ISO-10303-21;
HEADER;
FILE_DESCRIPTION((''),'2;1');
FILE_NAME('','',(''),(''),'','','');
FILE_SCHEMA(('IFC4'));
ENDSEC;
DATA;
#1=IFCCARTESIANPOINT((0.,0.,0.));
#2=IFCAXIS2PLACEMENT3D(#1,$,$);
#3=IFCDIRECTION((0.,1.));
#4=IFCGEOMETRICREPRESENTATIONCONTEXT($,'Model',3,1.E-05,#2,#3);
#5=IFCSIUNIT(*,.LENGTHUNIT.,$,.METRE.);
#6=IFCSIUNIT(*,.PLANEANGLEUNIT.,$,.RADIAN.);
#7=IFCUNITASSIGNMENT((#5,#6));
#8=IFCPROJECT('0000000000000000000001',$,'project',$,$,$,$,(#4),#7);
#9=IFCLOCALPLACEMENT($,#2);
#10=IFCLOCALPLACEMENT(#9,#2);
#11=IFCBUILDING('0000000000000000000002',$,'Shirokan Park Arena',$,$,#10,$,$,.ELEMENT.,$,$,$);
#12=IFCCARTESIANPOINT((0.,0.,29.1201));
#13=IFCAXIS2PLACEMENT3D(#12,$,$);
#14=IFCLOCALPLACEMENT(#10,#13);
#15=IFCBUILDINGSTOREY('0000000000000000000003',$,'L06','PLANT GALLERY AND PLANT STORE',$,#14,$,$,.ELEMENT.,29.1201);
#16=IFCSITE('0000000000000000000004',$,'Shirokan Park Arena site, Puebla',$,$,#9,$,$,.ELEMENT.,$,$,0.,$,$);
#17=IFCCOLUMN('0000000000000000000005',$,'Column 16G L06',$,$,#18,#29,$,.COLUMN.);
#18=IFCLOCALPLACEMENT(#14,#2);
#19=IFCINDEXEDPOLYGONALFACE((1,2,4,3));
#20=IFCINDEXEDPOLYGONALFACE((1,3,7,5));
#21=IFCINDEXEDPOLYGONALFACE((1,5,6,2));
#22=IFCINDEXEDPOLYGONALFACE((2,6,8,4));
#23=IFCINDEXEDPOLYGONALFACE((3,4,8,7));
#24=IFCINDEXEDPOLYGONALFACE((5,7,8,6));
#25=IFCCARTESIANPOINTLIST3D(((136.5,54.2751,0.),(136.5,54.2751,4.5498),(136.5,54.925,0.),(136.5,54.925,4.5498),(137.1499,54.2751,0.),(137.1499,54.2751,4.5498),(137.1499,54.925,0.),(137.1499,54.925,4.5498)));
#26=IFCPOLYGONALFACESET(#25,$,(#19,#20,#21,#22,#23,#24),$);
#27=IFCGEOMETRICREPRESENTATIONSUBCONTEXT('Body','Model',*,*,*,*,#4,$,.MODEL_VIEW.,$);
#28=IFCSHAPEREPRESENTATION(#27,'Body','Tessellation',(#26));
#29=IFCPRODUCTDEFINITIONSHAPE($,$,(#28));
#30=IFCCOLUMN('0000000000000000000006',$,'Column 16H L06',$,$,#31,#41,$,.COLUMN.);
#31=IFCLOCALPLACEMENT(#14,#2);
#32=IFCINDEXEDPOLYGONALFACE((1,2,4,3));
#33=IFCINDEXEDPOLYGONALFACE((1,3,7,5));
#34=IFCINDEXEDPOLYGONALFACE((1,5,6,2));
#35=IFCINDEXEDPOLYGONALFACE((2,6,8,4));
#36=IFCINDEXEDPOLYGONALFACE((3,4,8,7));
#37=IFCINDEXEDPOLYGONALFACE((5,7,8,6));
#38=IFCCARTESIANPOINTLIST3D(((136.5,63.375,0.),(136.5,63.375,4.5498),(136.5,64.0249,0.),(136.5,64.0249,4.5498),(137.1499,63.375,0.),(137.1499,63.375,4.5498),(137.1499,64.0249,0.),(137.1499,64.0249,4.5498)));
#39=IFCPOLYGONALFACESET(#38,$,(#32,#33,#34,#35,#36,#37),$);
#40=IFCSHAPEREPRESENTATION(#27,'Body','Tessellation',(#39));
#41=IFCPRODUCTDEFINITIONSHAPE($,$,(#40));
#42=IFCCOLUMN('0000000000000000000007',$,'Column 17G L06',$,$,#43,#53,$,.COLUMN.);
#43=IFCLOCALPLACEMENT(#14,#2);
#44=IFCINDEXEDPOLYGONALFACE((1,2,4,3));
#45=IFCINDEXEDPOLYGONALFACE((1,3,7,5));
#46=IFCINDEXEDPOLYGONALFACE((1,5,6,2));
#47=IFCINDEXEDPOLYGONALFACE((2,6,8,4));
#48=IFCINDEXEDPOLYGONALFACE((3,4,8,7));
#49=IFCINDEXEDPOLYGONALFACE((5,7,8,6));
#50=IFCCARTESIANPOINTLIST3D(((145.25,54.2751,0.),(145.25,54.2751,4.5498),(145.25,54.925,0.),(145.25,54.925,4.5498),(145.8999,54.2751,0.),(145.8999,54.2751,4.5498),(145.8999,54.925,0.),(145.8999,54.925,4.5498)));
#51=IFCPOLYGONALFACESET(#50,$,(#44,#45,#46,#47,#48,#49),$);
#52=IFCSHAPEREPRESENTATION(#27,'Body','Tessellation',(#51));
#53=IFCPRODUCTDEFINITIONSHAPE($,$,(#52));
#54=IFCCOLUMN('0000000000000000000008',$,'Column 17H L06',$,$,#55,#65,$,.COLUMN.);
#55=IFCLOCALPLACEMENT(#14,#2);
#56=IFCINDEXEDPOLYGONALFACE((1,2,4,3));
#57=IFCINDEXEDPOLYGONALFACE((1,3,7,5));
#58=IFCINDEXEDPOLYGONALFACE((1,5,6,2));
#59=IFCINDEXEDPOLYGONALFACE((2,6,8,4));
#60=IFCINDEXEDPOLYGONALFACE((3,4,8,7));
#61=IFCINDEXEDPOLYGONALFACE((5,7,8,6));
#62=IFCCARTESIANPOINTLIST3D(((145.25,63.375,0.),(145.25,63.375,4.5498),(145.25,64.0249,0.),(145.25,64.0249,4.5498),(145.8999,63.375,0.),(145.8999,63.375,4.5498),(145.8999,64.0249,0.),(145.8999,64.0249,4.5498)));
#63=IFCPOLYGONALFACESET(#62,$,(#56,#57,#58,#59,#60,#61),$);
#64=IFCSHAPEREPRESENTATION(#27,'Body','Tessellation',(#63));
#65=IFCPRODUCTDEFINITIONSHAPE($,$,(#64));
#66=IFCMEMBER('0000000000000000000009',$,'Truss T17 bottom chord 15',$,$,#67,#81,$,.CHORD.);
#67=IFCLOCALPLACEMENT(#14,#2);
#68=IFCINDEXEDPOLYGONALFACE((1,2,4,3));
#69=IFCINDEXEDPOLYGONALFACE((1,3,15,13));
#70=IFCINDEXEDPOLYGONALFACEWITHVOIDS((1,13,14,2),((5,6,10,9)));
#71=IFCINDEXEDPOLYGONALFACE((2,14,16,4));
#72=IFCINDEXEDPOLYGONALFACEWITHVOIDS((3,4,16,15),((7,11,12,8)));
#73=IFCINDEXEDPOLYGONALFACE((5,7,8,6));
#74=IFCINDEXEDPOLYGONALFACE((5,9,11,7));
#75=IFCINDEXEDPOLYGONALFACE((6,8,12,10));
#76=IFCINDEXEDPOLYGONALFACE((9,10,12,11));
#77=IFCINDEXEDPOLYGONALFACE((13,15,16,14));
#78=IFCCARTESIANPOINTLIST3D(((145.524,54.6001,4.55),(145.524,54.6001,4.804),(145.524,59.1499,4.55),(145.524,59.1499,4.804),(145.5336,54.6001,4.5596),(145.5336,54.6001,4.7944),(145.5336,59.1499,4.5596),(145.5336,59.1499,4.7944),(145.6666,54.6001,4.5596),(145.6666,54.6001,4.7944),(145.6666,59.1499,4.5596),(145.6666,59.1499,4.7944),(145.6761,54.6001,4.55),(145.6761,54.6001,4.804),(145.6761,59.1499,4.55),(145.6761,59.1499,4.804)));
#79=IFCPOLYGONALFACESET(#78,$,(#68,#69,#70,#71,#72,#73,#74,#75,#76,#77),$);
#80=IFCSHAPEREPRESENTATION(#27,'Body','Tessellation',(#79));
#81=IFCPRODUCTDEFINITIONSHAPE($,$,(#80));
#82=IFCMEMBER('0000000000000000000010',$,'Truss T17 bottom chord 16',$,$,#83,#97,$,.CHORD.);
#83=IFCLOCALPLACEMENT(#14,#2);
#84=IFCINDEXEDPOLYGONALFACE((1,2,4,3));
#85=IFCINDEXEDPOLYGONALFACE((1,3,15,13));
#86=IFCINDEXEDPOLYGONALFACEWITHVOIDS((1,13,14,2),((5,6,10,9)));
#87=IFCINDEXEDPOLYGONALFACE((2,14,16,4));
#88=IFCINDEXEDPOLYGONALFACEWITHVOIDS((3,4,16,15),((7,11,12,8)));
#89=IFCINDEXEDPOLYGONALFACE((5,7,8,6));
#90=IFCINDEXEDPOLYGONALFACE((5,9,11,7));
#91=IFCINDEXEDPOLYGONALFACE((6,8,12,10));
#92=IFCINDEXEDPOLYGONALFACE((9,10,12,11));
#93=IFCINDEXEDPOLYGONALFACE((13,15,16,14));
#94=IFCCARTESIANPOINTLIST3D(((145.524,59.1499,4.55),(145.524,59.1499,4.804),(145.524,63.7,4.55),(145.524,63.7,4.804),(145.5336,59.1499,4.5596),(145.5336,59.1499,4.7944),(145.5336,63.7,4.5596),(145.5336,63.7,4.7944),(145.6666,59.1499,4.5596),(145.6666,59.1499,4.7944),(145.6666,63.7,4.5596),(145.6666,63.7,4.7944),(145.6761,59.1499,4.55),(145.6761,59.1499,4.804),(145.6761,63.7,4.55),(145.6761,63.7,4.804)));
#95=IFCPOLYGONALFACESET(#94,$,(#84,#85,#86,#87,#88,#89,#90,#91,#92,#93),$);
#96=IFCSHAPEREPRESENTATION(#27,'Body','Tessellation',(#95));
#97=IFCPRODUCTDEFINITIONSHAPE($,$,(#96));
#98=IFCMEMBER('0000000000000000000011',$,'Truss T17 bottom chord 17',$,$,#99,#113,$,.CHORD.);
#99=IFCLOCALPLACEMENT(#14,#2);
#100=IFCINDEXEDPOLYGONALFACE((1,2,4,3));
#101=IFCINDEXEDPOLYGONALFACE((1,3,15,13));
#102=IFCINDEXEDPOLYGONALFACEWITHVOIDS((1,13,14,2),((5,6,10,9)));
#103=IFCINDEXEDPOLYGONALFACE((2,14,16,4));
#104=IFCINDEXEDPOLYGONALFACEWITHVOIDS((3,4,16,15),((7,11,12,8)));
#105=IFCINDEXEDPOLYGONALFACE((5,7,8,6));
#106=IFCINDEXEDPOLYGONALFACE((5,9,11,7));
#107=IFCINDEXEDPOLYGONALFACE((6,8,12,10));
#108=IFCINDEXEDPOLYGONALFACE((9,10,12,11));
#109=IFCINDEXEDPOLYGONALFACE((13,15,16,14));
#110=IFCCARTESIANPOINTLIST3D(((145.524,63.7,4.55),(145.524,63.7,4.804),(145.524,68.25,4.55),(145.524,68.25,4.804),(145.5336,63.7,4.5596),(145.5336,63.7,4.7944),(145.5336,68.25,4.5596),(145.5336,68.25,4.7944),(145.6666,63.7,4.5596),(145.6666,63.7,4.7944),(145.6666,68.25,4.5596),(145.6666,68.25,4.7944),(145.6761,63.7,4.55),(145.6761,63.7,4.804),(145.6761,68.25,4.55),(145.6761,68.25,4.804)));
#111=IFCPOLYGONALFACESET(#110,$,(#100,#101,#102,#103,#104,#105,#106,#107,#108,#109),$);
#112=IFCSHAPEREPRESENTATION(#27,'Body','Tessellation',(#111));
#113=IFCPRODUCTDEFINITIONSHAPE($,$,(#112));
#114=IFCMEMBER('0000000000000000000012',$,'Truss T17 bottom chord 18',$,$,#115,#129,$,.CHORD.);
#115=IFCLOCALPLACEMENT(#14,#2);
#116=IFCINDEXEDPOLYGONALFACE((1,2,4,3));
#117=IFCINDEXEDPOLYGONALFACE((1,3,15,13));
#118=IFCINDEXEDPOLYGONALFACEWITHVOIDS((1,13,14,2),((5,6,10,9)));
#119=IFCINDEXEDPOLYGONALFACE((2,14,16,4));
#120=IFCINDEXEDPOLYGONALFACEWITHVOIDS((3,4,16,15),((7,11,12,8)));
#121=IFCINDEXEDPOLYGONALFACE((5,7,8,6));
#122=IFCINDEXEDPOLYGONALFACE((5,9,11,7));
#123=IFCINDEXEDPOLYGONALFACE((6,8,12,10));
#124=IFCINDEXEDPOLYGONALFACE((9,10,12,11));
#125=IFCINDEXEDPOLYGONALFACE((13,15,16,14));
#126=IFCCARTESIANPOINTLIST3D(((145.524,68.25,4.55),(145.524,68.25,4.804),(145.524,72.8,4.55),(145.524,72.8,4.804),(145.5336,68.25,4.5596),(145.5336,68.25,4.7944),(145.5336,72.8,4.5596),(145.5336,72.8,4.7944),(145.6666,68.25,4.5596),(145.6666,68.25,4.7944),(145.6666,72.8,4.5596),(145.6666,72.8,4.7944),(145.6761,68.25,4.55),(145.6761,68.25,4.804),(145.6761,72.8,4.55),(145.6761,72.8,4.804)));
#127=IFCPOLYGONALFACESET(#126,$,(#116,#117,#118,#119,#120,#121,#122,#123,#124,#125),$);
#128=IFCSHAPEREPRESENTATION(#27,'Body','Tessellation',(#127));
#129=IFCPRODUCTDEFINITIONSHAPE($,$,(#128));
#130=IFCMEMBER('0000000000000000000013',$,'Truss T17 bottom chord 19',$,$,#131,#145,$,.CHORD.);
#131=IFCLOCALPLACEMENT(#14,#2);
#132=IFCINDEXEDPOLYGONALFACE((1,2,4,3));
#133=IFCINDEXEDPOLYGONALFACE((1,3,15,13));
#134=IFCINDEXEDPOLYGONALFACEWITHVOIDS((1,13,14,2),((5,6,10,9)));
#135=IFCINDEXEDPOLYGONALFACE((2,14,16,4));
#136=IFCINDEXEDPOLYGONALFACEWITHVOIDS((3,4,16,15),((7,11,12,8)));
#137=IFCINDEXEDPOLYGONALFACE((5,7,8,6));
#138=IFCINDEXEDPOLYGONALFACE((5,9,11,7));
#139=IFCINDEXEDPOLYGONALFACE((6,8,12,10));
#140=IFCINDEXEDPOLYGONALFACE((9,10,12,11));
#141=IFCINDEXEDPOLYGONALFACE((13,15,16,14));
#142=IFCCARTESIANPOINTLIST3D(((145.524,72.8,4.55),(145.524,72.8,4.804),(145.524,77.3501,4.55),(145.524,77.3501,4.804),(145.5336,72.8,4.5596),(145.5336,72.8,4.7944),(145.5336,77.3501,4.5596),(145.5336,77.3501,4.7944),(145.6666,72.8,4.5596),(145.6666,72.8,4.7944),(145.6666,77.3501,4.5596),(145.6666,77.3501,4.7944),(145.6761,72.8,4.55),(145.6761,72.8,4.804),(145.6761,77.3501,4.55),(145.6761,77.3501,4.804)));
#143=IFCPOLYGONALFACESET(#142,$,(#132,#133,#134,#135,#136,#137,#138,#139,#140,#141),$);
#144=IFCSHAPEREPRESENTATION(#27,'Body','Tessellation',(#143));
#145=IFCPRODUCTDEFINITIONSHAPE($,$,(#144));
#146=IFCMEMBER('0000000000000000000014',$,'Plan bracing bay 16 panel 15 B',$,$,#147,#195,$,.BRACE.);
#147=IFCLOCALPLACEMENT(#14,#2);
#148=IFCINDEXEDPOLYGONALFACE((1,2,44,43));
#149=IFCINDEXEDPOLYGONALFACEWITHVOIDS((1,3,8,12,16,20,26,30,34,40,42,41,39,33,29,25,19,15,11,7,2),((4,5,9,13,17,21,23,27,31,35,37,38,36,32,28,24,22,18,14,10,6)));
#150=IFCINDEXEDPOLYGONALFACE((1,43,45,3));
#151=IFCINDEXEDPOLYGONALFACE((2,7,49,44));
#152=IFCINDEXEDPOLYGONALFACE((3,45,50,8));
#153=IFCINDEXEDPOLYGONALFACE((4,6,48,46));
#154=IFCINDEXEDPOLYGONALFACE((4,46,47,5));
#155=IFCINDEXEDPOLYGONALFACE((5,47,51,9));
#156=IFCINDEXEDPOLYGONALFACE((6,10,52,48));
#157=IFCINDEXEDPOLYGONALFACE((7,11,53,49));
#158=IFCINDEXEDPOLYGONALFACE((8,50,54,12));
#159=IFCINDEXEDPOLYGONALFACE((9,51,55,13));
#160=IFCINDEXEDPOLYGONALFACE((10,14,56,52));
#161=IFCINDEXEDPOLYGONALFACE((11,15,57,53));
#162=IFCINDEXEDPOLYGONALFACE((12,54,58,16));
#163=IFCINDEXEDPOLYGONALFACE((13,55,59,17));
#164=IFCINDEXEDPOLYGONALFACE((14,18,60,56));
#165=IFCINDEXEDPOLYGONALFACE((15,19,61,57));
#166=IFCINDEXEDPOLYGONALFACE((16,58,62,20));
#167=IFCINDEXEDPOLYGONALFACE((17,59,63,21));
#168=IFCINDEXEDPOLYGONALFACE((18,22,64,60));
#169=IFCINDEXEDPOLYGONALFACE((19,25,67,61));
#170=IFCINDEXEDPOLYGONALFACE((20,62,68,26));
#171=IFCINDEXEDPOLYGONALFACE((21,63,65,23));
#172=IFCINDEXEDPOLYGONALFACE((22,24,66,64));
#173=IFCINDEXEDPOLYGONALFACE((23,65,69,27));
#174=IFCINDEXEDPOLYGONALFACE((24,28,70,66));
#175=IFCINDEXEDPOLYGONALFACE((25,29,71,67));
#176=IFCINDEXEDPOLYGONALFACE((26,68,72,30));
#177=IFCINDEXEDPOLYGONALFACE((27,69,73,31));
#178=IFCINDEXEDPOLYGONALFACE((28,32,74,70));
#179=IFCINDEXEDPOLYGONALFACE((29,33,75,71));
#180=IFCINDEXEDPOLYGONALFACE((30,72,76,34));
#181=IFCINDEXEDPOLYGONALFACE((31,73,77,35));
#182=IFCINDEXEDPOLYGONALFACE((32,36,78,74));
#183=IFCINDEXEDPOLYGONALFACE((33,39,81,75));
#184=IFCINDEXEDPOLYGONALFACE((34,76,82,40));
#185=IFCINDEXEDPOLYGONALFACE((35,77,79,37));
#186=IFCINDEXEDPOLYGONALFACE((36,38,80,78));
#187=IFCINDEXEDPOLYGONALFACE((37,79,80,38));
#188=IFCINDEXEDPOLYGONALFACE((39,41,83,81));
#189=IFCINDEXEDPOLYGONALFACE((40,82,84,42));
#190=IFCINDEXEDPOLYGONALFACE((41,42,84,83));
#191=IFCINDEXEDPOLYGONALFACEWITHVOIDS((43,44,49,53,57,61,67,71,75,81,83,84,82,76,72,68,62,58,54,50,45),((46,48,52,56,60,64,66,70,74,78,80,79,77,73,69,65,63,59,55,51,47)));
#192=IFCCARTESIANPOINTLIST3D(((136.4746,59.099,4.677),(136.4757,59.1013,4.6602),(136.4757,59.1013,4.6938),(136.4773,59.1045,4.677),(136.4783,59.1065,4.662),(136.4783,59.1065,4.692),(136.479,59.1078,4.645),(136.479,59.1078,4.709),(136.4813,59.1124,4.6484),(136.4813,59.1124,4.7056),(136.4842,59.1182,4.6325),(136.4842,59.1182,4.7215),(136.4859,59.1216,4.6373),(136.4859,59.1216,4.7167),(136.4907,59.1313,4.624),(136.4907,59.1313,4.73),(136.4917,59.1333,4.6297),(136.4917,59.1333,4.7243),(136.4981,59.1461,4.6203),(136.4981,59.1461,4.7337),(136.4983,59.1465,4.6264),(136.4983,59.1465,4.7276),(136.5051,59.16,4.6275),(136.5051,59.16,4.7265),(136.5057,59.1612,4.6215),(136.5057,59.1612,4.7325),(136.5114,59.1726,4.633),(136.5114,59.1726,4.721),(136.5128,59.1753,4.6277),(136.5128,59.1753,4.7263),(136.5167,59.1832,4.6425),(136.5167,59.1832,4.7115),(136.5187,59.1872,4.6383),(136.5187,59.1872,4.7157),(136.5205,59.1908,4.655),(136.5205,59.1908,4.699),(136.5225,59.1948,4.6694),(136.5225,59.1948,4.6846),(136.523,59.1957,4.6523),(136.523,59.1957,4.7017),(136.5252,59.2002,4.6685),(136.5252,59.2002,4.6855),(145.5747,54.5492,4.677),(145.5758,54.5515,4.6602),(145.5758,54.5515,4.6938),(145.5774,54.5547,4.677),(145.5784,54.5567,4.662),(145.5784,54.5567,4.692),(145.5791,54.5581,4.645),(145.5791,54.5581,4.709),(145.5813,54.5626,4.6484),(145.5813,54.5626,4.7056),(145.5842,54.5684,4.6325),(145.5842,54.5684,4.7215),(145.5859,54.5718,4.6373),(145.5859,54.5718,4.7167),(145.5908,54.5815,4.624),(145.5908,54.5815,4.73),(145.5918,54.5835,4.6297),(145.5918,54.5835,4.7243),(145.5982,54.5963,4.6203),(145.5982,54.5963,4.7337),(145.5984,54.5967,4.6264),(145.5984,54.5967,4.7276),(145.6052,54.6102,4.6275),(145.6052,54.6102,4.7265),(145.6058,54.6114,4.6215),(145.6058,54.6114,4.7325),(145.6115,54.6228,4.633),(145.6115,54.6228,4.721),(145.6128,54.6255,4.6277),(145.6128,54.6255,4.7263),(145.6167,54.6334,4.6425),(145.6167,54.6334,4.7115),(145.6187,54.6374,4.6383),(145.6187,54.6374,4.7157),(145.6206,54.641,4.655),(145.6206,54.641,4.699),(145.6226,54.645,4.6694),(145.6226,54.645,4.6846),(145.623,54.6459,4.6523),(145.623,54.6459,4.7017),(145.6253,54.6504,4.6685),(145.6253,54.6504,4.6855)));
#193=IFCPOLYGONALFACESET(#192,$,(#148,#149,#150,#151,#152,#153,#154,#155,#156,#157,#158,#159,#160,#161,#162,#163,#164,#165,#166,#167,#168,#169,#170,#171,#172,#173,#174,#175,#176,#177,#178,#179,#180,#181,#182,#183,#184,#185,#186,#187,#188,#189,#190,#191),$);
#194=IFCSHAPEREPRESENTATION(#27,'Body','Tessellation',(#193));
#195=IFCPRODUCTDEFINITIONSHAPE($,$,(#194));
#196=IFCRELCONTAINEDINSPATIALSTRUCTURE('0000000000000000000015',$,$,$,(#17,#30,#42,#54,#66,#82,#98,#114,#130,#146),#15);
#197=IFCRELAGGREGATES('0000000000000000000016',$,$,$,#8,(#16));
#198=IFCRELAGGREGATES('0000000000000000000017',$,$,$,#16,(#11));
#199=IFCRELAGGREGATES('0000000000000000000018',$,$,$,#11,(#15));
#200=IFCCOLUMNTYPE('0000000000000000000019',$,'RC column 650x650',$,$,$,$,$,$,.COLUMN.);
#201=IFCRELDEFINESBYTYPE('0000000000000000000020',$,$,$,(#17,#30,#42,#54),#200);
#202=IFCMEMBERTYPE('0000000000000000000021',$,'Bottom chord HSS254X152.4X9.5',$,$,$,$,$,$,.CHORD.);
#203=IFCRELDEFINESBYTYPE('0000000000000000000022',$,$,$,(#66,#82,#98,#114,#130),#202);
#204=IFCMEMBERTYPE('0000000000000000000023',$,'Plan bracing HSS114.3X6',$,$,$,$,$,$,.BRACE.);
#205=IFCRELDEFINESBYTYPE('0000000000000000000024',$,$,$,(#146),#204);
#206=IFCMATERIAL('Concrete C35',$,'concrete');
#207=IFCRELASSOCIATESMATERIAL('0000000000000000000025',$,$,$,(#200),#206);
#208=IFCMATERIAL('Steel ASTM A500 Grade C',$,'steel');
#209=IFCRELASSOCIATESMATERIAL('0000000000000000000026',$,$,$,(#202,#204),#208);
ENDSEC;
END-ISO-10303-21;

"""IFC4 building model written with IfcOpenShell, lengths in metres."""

from ifc_helpers import new_model, si_unit, direction, frame, origin, origin_2d, place, context, subcontext, project, spatial, rectangle, hollow_rectangle, hollow_circle, extrude, material, material_profile, profile_set, type_object, element, save


model = new_model("IFC4")

# Units and contexts
model_context = context("Model", 3, precision=1e-05, world=origin(), true_north=direction((0.0, 1.0)))
body_context = subcontext(model_context, "Body", "Model", "MODEL_VIEW")
ifc_project = project(units=[si_unit("LENGTHUNIT", "METRE"), si_unit("PLANEANGLEUNIT", "RADIAN")], contexts=[model_context])

# Site, building, storey
site_placement = place(None, origin())
site = spatial("IfcSite", under=ifc_project, at=site_placement, Name="Shirokan Park Arena site, Puebla", CompositionType="ELEMENT", RefElevation=0.0)
building_placement = place(site_placement, origin())
building = spatial("IfcBuilding", under=site, at=building_placement, Name="Shirokan Park Arena", CompositionType="ELEMENT")
storey_placement = place(building_placement, frame((0.0, 0.0, 29.1201)))
storey = spatial("IfcBuildingStorey", under=building, at=storey_placement, Name="L06", Description="PLANT GALLERY AND PLANT STORE", CompositionType="ELEMENT", Elevation=29.1201)

# Columns
ifc_material_1 = material(Name="Concrete C35", Category="concrete")
ifc_material_profile_1 = material_profile(ifc_material_1, rectangle(XDim=0.6499, YDim=0.6499, at=origin_2d()), Name="650x650")
ifc_profile_set_1 = profile_set([ifc_material_profile_1], Name="Concrete C35")
column_type = type_object("IfcColumnType", Name="RC column 650x650", PredefinedType="COLUMN", material=ifc_profile_set_1)
for number, where, z_axis, x_axis, name in (
    (1, (136.825, 54.6001, 0.0), (0.0, 0.0, 1.0), (1.0, 0.0, 0.0), "Column 16G L06"),
    (2, (136.825, 63.7, 0.0), (0.0, 0.0, 1.0), (1.0, 0.0, 0.0), "Column 16H L06"),
    (3, (145.575, 54.6001, 0.0), (0.0, 0.0, 1.0), (1.0, 0.0, 0.0), "Column 17G L06"),
    (4, (145.575, 63.7, 0.0), (0.0, 0.0, 1.0), (1.0, 0.0, 0.0), "Column 17H L06"),
):
    element("IfcColumn", number, at=place(storey_placement, frame(where, z_axis=z_axis, x_axis=x_axis)), inside=storey, type_object=column_type, Name=name, PredefinedType="COLUMN", context=body_context, shape_type="SweptSolid", body=[
        extrude(rectangle(XDim=0.6499, YDim=0.6499, at=origin_2d()), origin(), (0.0, 0.0, 1.0), 4.5498),
    ])

# Members
ifc_material_2 = material(Name="Steel ASTM A500 Grade C", Category="steel")
ifc_material_profile_2 = material_profile(ifc_material_2, hollow_rectangle(XDim=0.1521, YDim=0.2539, WallThickness=0.0095, at=origin_2d()), Name="HSS254X152.4X9.5")
ifc_profile_set_2 = profile_set([ifc_material_profile_2], Name="Steel ASTM A500 Grade C")
member_type_1 = type_object("IfcMemberType", Name="Bottom chord HSS254X152.4X9.5", PredefinedType="CHORD", material=ifc_profile_set_2)
member_1_placement = place(storey_placement, frame((145.6001, 54.6001, 4.677), z_axis=(0.0, 1.0, 0.0), x_axis=(-1.0, 0.0, 0.0)))
element("IfcMember", 5, at=member_1_placement, inside=storey, type_object=member_type_1, Name="Truss T17 bottom chord 15", PredefinedType="CHORD", context=body_context, shape_type="SweptSolid", body=[
    extrude(hollow_rectangle(XDim=0.1521, YDim=0.2539, WallThickness=0.0095, at=origin_2d()), origin(), (0.0, 0.0, 1.0), 4.5498),
])
for number, where, z_axis, x_axis, name in (
    (6, (145.6001, 59.1499, 4.677), (0.0, 1.0, 0.0), (-1.0, 0.0, 0.0), "Truss T17 bottom chord 16"),
    (7, (145.6001, 63.7, 4.677), (0.0, 1.0, 0.0), (-1.0, 0.0, 0.0), "Truss T17 bottom chord 17"),
    (8, (145.6001, 68.25, 4.677), (0.0, 1.0, 0.0), (-1.0, 0.0, 0.0), "Truss T17 bottom chord 18"),
    (9, (145.6001, 72.8, 4.677), (0.0, 1.0, 0.0), (-1.0, 0.0, 0.0), "Truss T17 bottom chord 19"),
):
    element("IfcMember", number, at=place(storey_placement, frame(where, z_axis=z_axis, x_axis=x_axis)), inside=storey, type_object=member_type_1, Name=name, PredefinedType="CHORD", context=body_context, shape_type="SweptSolid", body=[
        extrude(hollow_rectangle(XDim=0.1521, YDim=0.2539, WallThickness=0.0095, at=origin_2d()), origin(), (0.0, 0.0, 1.0), 4.55),
    ])
ifc_material_profile_3 = material_profile(ifc_material_2, hollow_circle(Radius=0.0569, WallThickness=0.0061, at=origin_2d()), Name="HSS114.3X6")
ifc_profile_set_3 = profile_set([ifc_material_profile_3], Name="Steel ASTM A500 Grade C")
member_type_2 = type_object("IfcMemberType", Name="Plan bracing HSS114.3X6", PredefinedType="BRACE", material=ifc_profile_set_3)
member_2_placement = place(storey_placement, frame((145.6001, 54.6001, 4.677), z_axis=(-0.894437, 0.447194, 0.0), x_axis=(-0.447194, -0.894437, 0.0)))
element("IfcMember", 10, at=member_2_placement, inside=storey, type_object=member_type_2, Name="Plan bracing bay 16 panel 15 B", PredefinedType="BRACE", context=body_context, shape_type="SweptSolid", body=[
    extrude(hollow_circle(Radius=0.0569, WallThickness=0.0061, at=origin_2d()), origin(), (0.0, 0.0, 1.0), 10.1741),
])

save(model, "model.ifc")
